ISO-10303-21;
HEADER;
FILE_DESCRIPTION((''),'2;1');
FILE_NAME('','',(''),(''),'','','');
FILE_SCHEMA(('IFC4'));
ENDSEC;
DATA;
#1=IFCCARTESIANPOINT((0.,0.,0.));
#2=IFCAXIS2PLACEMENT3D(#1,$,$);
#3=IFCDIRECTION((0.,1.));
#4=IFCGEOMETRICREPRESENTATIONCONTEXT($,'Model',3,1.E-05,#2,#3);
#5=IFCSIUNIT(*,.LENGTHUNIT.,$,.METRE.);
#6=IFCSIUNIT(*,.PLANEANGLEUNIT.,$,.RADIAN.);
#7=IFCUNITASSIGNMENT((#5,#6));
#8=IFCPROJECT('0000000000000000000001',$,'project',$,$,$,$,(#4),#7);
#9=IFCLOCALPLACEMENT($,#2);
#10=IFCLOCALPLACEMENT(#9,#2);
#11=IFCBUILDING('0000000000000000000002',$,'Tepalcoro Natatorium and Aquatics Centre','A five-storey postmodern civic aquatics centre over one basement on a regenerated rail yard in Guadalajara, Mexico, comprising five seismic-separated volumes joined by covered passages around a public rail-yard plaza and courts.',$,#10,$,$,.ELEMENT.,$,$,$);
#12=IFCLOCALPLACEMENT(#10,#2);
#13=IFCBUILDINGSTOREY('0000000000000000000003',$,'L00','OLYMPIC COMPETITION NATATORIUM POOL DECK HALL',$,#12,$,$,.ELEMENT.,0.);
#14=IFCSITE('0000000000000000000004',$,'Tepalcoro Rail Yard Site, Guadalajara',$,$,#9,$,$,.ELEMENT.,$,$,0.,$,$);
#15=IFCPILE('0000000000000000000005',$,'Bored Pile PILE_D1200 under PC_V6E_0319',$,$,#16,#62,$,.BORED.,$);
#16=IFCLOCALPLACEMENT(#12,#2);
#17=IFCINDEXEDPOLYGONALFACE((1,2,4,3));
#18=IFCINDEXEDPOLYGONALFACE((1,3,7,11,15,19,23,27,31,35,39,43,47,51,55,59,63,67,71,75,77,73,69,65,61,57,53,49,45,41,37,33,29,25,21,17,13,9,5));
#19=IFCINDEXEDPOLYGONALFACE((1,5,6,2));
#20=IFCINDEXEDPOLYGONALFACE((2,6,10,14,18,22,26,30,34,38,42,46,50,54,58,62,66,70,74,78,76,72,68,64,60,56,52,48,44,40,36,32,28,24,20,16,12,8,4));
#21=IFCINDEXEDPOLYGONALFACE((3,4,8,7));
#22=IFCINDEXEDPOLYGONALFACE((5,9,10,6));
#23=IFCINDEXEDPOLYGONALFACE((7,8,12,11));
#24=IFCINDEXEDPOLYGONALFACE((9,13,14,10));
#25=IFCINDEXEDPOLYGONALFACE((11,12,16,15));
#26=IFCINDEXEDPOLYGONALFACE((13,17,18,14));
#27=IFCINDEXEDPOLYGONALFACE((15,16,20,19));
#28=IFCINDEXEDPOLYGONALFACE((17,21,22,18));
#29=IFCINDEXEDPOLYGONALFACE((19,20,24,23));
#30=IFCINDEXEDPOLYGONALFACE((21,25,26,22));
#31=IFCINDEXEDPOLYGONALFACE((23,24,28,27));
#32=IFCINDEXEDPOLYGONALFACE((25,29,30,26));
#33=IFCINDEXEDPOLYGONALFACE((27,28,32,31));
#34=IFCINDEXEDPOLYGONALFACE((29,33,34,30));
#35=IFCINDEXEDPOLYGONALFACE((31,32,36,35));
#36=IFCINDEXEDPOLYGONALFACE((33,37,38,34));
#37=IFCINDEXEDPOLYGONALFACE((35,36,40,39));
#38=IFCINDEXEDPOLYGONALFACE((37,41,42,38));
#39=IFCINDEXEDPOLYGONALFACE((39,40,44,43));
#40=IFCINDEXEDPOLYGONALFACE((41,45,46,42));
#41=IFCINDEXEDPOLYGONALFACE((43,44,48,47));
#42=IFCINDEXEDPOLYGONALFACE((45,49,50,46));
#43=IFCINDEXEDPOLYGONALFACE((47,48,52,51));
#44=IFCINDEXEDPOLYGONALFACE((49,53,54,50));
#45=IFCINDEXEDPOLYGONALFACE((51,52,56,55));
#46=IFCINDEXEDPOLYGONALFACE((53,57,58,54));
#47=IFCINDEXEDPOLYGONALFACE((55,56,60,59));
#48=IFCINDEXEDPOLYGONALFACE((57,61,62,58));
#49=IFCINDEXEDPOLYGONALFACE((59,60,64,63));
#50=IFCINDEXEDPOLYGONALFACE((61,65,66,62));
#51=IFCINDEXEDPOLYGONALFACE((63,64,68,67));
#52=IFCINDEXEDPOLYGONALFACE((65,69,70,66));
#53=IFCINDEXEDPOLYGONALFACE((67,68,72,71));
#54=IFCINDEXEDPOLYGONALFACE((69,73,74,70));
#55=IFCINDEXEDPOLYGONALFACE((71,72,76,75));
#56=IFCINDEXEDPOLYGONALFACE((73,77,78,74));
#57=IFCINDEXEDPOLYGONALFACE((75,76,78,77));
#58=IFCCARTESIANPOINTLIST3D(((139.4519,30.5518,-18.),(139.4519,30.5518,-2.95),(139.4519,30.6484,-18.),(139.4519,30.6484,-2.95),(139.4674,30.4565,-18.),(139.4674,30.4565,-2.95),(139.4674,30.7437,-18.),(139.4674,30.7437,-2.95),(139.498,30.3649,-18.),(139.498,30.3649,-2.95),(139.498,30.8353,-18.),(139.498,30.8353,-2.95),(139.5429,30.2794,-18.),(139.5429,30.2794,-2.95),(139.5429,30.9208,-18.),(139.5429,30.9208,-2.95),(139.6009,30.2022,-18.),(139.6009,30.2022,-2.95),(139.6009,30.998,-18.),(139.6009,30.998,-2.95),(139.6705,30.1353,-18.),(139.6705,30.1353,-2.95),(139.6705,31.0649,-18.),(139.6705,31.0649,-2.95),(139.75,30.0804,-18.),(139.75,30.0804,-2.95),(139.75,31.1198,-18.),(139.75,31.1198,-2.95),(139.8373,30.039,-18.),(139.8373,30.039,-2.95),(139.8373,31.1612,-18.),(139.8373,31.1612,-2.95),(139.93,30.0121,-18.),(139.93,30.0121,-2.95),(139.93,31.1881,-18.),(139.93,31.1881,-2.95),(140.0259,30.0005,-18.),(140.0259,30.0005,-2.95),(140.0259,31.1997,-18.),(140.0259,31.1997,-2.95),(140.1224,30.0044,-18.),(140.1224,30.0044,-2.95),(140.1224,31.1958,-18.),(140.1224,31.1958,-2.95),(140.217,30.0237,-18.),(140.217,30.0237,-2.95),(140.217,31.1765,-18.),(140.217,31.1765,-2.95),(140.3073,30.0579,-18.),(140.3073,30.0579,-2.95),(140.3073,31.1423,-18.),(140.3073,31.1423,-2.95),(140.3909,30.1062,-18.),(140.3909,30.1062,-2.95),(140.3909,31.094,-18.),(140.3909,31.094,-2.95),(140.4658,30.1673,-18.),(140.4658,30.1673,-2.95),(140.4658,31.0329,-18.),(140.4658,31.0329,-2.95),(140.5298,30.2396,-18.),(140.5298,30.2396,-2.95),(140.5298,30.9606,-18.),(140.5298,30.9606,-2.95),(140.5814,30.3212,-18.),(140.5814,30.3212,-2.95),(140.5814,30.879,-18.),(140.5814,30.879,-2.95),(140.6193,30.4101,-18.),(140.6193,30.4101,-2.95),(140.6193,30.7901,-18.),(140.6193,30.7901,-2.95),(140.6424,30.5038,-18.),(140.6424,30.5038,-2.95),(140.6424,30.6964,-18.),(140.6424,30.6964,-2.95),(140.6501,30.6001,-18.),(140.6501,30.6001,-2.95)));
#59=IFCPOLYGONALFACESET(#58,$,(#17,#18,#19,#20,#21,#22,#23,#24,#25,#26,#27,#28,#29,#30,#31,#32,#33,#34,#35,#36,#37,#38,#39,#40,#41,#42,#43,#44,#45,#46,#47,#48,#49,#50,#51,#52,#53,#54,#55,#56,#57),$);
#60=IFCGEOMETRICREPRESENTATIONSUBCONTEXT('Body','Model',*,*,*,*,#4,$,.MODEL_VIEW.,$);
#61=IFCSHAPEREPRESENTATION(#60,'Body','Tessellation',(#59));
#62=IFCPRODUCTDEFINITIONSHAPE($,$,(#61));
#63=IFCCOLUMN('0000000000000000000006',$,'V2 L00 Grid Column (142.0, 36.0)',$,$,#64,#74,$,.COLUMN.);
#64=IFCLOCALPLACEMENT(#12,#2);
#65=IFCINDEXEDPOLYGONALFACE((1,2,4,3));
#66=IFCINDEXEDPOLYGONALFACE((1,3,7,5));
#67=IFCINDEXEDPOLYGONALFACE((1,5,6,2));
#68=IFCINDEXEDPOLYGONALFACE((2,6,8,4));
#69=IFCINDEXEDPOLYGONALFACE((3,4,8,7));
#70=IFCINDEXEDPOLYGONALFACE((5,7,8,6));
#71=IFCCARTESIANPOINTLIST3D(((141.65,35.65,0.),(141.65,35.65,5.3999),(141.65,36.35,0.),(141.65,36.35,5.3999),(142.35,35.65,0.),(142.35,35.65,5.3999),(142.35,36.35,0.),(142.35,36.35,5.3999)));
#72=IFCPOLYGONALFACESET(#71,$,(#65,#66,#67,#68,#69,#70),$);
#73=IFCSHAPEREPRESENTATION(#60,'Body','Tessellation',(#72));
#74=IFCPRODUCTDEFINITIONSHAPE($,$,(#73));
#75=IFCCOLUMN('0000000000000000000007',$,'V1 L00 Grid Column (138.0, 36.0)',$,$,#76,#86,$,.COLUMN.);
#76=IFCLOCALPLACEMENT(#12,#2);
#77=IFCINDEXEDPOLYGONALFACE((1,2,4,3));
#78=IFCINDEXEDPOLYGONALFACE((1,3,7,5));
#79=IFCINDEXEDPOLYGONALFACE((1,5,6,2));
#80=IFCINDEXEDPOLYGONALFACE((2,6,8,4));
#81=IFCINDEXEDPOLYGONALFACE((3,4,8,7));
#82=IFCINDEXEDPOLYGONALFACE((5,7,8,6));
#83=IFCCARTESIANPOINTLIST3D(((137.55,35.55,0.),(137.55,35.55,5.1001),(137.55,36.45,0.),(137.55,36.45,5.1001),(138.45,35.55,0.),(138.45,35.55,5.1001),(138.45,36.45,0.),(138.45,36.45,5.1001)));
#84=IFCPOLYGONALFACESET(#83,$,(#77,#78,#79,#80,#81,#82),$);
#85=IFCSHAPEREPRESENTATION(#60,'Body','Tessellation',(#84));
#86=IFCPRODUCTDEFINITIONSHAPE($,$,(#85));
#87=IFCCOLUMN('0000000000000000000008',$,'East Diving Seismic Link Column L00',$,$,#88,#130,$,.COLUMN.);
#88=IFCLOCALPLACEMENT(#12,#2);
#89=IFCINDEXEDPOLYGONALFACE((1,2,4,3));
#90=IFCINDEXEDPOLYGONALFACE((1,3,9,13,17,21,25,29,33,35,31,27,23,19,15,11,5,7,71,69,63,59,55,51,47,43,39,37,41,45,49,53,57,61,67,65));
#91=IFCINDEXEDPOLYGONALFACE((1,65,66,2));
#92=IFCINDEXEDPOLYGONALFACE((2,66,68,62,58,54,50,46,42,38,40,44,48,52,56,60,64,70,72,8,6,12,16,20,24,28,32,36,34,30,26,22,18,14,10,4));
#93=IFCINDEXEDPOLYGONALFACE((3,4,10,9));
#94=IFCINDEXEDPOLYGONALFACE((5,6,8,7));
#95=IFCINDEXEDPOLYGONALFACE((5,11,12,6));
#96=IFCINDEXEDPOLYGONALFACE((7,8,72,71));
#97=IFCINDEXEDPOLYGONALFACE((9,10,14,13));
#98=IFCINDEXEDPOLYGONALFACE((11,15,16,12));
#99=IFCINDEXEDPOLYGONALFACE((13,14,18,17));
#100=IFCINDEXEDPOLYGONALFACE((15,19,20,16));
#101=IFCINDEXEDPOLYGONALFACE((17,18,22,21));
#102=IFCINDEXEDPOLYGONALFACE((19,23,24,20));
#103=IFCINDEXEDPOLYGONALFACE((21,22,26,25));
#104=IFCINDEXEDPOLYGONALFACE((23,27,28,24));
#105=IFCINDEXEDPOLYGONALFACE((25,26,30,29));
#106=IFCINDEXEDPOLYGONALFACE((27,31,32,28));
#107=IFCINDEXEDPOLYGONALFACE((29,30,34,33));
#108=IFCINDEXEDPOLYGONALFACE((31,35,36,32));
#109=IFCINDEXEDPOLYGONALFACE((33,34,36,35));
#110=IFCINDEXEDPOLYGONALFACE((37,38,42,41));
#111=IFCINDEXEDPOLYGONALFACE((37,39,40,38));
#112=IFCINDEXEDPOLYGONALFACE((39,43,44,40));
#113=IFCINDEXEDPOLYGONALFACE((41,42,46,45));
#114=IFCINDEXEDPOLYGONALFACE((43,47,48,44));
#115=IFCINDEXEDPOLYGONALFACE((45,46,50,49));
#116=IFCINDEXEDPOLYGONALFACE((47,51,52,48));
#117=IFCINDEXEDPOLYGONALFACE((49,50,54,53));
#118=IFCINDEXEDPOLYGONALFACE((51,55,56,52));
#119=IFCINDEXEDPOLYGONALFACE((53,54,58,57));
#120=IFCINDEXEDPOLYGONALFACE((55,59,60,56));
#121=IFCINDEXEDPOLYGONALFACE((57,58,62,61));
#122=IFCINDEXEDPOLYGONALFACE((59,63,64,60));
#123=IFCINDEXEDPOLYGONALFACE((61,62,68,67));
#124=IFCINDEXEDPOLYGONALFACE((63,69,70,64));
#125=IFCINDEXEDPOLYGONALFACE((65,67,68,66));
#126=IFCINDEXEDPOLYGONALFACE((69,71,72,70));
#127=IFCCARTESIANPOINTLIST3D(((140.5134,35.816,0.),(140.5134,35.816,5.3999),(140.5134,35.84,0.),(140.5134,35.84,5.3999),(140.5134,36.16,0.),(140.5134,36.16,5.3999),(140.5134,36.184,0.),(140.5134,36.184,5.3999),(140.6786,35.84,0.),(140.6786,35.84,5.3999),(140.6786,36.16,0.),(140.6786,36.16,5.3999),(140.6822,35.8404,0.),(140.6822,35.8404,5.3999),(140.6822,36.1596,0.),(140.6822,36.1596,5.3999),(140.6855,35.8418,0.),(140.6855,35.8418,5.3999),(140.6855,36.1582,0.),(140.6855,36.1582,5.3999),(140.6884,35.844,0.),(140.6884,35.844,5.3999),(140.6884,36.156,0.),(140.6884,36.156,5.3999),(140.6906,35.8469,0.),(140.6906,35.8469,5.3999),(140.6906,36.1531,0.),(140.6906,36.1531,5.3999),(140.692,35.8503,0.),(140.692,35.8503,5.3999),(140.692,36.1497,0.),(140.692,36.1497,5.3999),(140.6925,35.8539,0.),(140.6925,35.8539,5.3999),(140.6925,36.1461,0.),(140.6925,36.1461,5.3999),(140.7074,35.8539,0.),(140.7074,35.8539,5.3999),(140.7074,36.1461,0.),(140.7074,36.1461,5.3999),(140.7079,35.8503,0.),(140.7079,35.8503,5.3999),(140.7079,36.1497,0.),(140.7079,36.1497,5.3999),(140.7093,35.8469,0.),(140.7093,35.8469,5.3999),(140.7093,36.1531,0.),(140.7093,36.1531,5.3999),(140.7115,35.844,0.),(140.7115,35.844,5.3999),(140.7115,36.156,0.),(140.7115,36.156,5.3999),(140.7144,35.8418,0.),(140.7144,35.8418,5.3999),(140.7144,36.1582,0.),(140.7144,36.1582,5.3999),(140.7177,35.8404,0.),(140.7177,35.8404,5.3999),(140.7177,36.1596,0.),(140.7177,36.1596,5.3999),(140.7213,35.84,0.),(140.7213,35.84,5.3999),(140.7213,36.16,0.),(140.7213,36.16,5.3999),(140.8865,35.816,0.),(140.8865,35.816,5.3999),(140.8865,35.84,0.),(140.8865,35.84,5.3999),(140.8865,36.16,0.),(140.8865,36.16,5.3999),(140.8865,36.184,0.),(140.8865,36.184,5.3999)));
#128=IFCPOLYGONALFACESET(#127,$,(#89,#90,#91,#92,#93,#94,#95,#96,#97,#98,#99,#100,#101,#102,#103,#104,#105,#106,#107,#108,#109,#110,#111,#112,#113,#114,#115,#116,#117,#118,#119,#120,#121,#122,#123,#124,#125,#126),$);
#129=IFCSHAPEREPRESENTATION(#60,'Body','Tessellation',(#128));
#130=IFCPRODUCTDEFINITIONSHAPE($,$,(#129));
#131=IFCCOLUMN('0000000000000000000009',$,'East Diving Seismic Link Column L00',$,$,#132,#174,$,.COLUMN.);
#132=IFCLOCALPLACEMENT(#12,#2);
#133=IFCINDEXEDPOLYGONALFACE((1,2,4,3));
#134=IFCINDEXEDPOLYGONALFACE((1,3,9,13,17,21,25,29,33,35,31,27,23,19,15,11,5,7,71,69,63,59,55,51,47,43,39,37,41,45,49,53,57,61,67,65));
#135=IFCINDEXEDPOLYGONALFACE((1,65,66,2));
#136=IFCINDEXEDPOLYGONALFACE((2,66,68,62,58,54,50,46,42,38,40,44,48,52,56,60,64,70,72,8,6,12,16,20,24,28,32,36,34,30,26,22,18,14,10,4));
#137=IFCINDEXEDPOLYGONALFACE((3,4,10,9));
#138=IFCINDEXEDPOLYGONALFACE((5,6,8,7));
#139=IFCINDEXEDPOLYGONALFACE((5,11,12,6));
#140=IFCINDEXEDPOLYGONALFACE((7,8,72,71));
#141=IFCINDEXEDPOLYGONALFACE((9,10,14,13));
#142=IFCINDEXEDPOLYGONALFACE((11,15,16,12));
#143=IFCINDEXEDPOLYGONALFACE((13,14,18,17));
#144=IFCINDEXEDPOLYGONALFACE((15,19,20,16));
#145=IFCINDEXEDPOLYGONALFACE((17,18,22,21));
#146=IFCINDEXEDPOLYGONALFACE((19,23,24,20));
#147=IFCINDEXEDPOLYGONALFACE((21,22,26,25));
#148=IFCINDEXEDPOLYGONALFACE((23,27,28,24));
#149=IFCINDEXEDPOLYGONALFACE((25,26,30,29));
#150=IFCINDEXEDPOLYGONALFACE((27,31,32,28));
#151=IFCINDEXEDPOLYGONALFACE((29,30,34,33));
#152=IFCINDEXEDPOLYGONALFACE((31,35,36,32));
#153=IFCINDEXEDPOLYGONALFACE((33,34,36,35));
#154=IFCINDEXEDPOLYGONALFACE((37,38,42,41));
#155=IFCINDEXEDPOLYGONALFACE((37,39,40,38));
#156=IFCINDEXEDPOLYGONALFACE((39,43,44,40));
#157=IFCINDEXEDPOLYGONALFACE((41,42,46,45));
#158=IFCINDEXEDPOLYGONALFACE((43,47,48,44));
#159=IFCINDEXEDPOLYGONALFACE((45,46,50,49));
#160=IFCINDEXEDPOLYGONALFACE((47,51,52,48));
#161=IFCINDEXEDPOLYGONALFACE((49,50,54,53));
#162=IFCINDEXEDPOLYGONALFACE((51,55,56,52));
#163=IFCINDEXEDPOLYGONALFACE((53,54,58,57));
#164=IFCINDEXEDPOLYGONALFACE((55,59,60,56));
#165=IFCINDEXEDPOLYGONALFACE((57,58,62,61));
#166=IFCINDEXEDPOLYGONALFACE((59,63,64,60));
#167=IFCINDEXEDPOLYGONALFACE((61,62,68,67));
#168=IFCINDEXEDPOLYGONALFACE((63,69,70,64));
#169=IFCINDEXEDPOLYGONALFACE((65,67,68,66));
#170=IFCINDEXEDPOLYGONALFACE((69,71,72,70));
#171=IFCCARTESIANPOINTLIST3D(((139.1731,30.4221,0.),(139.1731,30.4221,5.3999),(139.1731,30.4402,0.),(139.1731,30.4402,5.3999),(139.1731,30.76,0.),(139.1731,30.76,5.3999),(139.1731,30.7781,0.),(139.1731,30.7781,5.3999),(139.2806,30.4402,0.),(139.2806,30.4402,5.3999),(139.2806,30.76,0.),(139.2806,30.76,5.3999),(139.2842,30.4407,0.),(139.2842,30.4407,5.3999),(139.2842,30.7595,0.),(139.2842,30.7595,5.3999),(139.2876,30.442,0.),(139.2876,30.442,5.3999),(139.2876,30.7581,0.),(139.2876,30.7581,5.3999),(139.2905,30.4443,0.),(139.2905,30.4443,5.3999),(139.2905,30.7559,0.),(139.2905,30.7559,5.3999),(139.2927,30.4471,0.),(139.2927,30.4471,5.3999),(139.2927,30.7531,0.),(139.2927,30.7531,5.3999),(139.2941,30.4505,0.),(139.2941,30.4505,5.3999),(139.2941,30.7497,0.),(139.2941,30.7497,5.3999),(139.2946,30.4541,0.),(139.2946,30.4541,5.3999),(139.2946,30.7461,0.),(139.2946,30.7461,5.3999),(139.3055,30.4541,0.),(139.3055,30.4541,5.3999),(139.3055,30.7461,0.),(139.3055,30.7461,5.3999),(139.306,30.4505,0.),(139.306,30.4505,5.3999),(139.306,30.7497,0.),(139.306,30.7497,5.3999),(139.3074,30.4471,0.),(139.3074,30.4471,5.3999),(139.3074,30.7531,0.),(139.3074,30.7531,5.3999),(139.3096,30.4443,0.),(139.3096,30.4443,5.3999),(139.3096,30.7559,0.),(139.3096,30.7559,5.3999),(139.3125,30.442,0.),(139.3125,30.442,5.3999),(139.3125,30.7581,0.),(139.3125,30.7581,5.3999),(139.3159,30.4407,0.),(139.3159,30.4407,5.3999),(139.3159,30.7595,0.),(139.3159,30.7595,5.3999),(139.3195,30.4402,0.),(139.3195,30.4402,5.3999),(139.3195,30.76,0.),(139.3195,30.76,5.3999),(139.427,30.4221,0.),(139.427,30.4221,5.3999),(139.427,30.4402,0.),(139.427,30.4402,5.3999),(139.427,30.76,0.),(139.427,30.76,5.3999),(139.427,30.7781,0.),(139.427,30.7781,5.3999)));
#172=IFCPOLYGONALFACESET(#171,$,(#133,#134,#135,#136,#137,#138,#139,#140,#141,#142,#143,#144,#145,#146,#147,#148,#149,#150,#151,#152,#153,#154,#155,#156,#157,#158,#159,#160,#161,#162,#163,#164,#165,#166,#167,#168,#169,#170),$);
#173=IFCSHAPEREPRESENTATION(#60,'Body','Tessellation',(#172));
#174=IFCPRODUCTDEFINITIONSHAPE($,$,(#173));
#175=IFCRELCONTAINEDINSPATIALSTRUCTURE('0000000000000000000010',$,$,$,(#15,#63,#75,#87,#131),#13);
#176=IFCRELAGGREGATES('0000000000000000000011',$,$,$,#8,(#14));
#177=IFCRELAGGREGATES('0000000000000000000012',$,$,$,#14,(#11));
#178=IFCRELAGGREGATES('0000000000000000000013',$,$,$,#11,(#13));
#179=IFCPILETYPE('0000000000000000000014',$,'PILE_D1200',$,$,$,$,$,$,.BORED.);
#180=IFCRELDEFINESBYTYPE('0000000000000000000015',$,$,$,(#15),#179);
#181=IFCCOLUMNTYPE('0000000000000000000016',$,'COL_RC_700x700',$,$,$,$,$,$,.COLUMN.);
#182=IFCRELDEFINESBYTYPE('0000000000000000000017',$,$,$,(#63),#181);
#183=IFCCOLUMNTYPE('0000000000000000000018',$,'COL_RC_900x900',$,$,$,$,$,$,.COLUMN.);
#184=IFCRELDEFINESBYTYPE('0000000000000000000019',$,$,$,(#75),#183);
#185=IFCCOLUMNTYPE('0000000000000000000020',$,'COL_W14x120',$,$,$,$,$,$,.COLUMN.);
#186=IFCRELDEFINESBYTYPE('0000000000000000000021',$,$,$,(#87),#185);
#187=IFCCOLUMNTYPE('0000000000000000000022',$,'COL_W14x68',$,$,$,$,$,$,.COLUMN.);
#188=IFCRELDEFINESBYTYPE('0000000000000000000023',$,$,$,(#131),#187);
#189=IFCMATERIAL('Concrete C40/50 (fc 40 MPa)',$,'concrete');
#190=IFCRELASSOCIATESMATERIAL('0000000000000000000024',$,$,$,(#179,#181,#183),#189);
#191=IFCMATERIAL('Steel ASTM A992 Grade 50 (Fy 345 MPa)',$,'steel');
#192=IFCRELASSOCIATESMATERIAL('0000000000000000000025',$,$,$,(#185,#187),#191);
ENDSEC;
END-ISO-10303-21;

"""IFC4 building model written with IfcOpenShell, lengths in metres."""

from ifc_helpers import new_model, si_unit, direction, frame, origin, origin_2d, place, context, subcontext, project, spatial, rectangle, circle, i_section, extrude, material, material_profile, profile_set, type_object, element, save


model = new_model("IFC4")

# Units and contexts
model_context = context("Model", 3, precision=1e-05, world=origin(), true_north=direction((0.0, 1.0)))
body_context = subcontext(model_context, "Body", "Model", "MODEL_VIEW")
ifc_project = project(units=[si_unit("LENGTHUNIT", "METRE"), si_unit("PLANEANGLEUNIT", "RADIAN")], contexts=[model_context])

# Site, building, storey
site_placement = place(None, origin())
site = spatial("IfcSite", under=ifc_project, at=site_placement, Name="Tepalcoro Rail Yard Site, Guadalajara", CompositionType="ELEMENT", RefElevation=0.0)
building_placement = place(site_placement, origin())
building = spatial("IfcBuilding", under=site, at=building_placement, Name="Tepalcoro Natatorium and Aquatics Centre", Description="A five-storey postmodern civic aquatics centre over one basement on a regenerated rail yard in Guadalajara, Mexico, comprising five seismic-separated volumes joined by covered passages around a public rail-yard plaza and courts.", CompositionType="ELEMENT")
storey_placement = place(building_placement, origin())
storey = spatial("IfcBuildingStorey", under=building, at=storey_placement, Name="L00", Description="OLYMPIC COMPETITION NATATORIUM POOL DECK HALL", CompositionType="ELEMENT", Elevation=0.0)

# Pile
ifc_material_1 = material(Name="Concrete C40/50 (fc 40 MPa)", Category="concrete")
ifc_material_profile_1 = material_profile(ifc_material_1, circle(Radius=0.6001, at=origin_2d()), Name="PILE_D1200")
ifc_profile_set_1 = profile_set([ifc_material_profile_1], Name="Concrete C40/50 (fc 40 MPa)")
pile_type = type_object("IfcPileType", Name="PILE_D1200", PredefinedType="BORED", material=ifc_profile_set_1)
pile_placement = place(storey_placement, frame((140.05, 30.6001, -2.95), z_axis=(0.0, 0.0, -1.0), x_axis=(1.0, 0.0, 0.0)))
element("IfcPile", 1, at=pile_placement, inside=storey, type_object=pile_type, Name="Bored Pile PILE_D1200 under PC_V6E_0319", PredefinedType="BORED", context=body_context, shape_type="SweptSolid", body=[
    extrude(circle(Radius=0.6001, at=origin_2d()), origin(), (0.0, 0.0, 1.0), 15.05),
])

# Columns
ifc_material_profile_2 = material_profile(ifc_material_1, rectangle(XDim=0.7, YDim=0.7, at=origin_2d()), Name="RC700x700")
ifc_profile_set_2 = profile_set([ifc_material_profile_2], Name="Concrete C40/50 (fc 40 MPa)")
column_type_1 = type_object("IfcColumnType", Name="COL_RC_700x700", PredefinedType="COLUMN", material=ifc_profile_set_2)
column_1_placement = place(storey_placement, frame((142.0, 36.0, 0.0), z_axis=(0.0, 0.0, 1.0), x_axis=(1.0, 0.0, 0.0)))
element("IfcColumn", 2, at=column_1_placement, inside=storey, type_object=column_type_1, Name="V2 L00 Grid Column (142.0, 36.0)", PredefinedType="COLUMN", context=body_context, shape_type="SweptSolid", body=[
    extrude(rectangle(XDim=0.7, YDim=0.7, at=origin_2d()), origin(), (0.0, 0.0, 1.0), 5.3999),
])
ifc_material_profile_3 = material_profile(ifc_material_1, rectangle(XDim=0.8999, YDim=0.8999, at=origin_2d()), Name="RC900x900")
ifc_profile_set_3 = profile_set([ifc_material_profile_3], Name="Concrete C40/50 (fc 40 MPa)")
column_type_2 = type_object("IfcColumnType", Name="COL_RC_900x900", PredefinedType="COLUMN", material=ifc_profile_set_3)
column_2_placement = place(storey_placement, frame((138.0, 36.0, 0.0), z_axis=(0.0, 0.0, 1.0), x_axis=(1.0, 0.0, 0.0)))
element("IfcColumn", 3, at=column_2_placement, inside=storey, type_object=column_type_2, Name="V1 L00 Grid Column (138.0, 36.0)", PredefinedType="COLUMN", context=body_context, shape_type="SweptSolid", body=[
    extrude(rectangle(XDim=0.8999, YDim=0.8999, at=origin_2d()), origin(), (0.0, 0.0, 1.0), 5.1001),
])
ifc_material_2 = material(Name="Steel ASTM A992 Grade 50 (Fy 345 MPa)", Category="steel")
ifc_material_profile_4 = material_profile(ifc_material_2, i_section(OverallWidth=0.373, OverallDepth=0.3679, WebThickness=0.0149, FlangeThickness=0.0239, FilletRadius=0.0139, at=origin_2d()), Name="W14X120")
ifc_profile_set_4 = profile_set([ifc_material_profile_4], Name="Steel ASTM A992 Grade 50 (Fy 345 MPa)")
column_type_3 = type_object("IfcColumnType", Name="COL_W14x120", PredefinedType="COLUMN", material=ifc_profile_set_4)
column_3_placement = place(storey_placement, frame((140.7, 36.0, 0.0), z_axis=(0.0, 0.0, 1.0), x_axis=(1.0, 0.0, 0.0)))
element("IfcColumn", 4, at=column_3_placement, inside=storey, type_object=column_type_3, Name="East Diving Seismic Link Column L00", PredefinedType="COLUMN", context=body_context, shape_type="SweptSolid", body=[
    extrude(i_section(OverallWidth=0.373, OverallDepth=0.3679, WebThickness=0.0149, FlangeThickness=0.0239, FilletRadius=0.0139, at=origin_2d()), origin(), (0.0, 0.0, 1.0), 5.3999),
])
ifc_material_profile_5 = material_profile(ifc_material_2, i_section(OverallWidth=0.2539, OverallDepth=0.356, WebThickness=0.011, FlangeThickness=0.0181, FilletRadius=0.0139, at=origin_2d()), Name="W14X68")
ifc_profile_set_5 = profile_set([ifc_material_profile_5], Name="Steel ASTM A992 Grade 50 (Fy 345 MPa)")
column_type_4 = type_object("IfcColumnType", Name="COL_W14x68", PredefinedType="COLUMN", material=ifc_profile_set_5)
column_4_placement = place(storey_placement, frame((139.3, 30.6001, 0.0), z_axis=(0.0, 0.0, 1.0), x_axis=(1.0, 0.0, 0.0)))
element("IfcColumn", 5, at=column_4_placement, inside=storey, type_object=column_type_4, Name="East Diving Seismic Link Column L00", PredefinedType="COLUMN", context=body_context, shape_type="SweptSolid", body=[
    extrude(i_section(OverallWidth=0.2539, OverallDepth=0.356, WebThickness=0.011, FlangeThickness=0.0181, FilletRadius=0.0139, at=origin_2d()), origin(), (0.0, 0.0, 1.0), 5.3999),
])

save(model, "model.ifc")
